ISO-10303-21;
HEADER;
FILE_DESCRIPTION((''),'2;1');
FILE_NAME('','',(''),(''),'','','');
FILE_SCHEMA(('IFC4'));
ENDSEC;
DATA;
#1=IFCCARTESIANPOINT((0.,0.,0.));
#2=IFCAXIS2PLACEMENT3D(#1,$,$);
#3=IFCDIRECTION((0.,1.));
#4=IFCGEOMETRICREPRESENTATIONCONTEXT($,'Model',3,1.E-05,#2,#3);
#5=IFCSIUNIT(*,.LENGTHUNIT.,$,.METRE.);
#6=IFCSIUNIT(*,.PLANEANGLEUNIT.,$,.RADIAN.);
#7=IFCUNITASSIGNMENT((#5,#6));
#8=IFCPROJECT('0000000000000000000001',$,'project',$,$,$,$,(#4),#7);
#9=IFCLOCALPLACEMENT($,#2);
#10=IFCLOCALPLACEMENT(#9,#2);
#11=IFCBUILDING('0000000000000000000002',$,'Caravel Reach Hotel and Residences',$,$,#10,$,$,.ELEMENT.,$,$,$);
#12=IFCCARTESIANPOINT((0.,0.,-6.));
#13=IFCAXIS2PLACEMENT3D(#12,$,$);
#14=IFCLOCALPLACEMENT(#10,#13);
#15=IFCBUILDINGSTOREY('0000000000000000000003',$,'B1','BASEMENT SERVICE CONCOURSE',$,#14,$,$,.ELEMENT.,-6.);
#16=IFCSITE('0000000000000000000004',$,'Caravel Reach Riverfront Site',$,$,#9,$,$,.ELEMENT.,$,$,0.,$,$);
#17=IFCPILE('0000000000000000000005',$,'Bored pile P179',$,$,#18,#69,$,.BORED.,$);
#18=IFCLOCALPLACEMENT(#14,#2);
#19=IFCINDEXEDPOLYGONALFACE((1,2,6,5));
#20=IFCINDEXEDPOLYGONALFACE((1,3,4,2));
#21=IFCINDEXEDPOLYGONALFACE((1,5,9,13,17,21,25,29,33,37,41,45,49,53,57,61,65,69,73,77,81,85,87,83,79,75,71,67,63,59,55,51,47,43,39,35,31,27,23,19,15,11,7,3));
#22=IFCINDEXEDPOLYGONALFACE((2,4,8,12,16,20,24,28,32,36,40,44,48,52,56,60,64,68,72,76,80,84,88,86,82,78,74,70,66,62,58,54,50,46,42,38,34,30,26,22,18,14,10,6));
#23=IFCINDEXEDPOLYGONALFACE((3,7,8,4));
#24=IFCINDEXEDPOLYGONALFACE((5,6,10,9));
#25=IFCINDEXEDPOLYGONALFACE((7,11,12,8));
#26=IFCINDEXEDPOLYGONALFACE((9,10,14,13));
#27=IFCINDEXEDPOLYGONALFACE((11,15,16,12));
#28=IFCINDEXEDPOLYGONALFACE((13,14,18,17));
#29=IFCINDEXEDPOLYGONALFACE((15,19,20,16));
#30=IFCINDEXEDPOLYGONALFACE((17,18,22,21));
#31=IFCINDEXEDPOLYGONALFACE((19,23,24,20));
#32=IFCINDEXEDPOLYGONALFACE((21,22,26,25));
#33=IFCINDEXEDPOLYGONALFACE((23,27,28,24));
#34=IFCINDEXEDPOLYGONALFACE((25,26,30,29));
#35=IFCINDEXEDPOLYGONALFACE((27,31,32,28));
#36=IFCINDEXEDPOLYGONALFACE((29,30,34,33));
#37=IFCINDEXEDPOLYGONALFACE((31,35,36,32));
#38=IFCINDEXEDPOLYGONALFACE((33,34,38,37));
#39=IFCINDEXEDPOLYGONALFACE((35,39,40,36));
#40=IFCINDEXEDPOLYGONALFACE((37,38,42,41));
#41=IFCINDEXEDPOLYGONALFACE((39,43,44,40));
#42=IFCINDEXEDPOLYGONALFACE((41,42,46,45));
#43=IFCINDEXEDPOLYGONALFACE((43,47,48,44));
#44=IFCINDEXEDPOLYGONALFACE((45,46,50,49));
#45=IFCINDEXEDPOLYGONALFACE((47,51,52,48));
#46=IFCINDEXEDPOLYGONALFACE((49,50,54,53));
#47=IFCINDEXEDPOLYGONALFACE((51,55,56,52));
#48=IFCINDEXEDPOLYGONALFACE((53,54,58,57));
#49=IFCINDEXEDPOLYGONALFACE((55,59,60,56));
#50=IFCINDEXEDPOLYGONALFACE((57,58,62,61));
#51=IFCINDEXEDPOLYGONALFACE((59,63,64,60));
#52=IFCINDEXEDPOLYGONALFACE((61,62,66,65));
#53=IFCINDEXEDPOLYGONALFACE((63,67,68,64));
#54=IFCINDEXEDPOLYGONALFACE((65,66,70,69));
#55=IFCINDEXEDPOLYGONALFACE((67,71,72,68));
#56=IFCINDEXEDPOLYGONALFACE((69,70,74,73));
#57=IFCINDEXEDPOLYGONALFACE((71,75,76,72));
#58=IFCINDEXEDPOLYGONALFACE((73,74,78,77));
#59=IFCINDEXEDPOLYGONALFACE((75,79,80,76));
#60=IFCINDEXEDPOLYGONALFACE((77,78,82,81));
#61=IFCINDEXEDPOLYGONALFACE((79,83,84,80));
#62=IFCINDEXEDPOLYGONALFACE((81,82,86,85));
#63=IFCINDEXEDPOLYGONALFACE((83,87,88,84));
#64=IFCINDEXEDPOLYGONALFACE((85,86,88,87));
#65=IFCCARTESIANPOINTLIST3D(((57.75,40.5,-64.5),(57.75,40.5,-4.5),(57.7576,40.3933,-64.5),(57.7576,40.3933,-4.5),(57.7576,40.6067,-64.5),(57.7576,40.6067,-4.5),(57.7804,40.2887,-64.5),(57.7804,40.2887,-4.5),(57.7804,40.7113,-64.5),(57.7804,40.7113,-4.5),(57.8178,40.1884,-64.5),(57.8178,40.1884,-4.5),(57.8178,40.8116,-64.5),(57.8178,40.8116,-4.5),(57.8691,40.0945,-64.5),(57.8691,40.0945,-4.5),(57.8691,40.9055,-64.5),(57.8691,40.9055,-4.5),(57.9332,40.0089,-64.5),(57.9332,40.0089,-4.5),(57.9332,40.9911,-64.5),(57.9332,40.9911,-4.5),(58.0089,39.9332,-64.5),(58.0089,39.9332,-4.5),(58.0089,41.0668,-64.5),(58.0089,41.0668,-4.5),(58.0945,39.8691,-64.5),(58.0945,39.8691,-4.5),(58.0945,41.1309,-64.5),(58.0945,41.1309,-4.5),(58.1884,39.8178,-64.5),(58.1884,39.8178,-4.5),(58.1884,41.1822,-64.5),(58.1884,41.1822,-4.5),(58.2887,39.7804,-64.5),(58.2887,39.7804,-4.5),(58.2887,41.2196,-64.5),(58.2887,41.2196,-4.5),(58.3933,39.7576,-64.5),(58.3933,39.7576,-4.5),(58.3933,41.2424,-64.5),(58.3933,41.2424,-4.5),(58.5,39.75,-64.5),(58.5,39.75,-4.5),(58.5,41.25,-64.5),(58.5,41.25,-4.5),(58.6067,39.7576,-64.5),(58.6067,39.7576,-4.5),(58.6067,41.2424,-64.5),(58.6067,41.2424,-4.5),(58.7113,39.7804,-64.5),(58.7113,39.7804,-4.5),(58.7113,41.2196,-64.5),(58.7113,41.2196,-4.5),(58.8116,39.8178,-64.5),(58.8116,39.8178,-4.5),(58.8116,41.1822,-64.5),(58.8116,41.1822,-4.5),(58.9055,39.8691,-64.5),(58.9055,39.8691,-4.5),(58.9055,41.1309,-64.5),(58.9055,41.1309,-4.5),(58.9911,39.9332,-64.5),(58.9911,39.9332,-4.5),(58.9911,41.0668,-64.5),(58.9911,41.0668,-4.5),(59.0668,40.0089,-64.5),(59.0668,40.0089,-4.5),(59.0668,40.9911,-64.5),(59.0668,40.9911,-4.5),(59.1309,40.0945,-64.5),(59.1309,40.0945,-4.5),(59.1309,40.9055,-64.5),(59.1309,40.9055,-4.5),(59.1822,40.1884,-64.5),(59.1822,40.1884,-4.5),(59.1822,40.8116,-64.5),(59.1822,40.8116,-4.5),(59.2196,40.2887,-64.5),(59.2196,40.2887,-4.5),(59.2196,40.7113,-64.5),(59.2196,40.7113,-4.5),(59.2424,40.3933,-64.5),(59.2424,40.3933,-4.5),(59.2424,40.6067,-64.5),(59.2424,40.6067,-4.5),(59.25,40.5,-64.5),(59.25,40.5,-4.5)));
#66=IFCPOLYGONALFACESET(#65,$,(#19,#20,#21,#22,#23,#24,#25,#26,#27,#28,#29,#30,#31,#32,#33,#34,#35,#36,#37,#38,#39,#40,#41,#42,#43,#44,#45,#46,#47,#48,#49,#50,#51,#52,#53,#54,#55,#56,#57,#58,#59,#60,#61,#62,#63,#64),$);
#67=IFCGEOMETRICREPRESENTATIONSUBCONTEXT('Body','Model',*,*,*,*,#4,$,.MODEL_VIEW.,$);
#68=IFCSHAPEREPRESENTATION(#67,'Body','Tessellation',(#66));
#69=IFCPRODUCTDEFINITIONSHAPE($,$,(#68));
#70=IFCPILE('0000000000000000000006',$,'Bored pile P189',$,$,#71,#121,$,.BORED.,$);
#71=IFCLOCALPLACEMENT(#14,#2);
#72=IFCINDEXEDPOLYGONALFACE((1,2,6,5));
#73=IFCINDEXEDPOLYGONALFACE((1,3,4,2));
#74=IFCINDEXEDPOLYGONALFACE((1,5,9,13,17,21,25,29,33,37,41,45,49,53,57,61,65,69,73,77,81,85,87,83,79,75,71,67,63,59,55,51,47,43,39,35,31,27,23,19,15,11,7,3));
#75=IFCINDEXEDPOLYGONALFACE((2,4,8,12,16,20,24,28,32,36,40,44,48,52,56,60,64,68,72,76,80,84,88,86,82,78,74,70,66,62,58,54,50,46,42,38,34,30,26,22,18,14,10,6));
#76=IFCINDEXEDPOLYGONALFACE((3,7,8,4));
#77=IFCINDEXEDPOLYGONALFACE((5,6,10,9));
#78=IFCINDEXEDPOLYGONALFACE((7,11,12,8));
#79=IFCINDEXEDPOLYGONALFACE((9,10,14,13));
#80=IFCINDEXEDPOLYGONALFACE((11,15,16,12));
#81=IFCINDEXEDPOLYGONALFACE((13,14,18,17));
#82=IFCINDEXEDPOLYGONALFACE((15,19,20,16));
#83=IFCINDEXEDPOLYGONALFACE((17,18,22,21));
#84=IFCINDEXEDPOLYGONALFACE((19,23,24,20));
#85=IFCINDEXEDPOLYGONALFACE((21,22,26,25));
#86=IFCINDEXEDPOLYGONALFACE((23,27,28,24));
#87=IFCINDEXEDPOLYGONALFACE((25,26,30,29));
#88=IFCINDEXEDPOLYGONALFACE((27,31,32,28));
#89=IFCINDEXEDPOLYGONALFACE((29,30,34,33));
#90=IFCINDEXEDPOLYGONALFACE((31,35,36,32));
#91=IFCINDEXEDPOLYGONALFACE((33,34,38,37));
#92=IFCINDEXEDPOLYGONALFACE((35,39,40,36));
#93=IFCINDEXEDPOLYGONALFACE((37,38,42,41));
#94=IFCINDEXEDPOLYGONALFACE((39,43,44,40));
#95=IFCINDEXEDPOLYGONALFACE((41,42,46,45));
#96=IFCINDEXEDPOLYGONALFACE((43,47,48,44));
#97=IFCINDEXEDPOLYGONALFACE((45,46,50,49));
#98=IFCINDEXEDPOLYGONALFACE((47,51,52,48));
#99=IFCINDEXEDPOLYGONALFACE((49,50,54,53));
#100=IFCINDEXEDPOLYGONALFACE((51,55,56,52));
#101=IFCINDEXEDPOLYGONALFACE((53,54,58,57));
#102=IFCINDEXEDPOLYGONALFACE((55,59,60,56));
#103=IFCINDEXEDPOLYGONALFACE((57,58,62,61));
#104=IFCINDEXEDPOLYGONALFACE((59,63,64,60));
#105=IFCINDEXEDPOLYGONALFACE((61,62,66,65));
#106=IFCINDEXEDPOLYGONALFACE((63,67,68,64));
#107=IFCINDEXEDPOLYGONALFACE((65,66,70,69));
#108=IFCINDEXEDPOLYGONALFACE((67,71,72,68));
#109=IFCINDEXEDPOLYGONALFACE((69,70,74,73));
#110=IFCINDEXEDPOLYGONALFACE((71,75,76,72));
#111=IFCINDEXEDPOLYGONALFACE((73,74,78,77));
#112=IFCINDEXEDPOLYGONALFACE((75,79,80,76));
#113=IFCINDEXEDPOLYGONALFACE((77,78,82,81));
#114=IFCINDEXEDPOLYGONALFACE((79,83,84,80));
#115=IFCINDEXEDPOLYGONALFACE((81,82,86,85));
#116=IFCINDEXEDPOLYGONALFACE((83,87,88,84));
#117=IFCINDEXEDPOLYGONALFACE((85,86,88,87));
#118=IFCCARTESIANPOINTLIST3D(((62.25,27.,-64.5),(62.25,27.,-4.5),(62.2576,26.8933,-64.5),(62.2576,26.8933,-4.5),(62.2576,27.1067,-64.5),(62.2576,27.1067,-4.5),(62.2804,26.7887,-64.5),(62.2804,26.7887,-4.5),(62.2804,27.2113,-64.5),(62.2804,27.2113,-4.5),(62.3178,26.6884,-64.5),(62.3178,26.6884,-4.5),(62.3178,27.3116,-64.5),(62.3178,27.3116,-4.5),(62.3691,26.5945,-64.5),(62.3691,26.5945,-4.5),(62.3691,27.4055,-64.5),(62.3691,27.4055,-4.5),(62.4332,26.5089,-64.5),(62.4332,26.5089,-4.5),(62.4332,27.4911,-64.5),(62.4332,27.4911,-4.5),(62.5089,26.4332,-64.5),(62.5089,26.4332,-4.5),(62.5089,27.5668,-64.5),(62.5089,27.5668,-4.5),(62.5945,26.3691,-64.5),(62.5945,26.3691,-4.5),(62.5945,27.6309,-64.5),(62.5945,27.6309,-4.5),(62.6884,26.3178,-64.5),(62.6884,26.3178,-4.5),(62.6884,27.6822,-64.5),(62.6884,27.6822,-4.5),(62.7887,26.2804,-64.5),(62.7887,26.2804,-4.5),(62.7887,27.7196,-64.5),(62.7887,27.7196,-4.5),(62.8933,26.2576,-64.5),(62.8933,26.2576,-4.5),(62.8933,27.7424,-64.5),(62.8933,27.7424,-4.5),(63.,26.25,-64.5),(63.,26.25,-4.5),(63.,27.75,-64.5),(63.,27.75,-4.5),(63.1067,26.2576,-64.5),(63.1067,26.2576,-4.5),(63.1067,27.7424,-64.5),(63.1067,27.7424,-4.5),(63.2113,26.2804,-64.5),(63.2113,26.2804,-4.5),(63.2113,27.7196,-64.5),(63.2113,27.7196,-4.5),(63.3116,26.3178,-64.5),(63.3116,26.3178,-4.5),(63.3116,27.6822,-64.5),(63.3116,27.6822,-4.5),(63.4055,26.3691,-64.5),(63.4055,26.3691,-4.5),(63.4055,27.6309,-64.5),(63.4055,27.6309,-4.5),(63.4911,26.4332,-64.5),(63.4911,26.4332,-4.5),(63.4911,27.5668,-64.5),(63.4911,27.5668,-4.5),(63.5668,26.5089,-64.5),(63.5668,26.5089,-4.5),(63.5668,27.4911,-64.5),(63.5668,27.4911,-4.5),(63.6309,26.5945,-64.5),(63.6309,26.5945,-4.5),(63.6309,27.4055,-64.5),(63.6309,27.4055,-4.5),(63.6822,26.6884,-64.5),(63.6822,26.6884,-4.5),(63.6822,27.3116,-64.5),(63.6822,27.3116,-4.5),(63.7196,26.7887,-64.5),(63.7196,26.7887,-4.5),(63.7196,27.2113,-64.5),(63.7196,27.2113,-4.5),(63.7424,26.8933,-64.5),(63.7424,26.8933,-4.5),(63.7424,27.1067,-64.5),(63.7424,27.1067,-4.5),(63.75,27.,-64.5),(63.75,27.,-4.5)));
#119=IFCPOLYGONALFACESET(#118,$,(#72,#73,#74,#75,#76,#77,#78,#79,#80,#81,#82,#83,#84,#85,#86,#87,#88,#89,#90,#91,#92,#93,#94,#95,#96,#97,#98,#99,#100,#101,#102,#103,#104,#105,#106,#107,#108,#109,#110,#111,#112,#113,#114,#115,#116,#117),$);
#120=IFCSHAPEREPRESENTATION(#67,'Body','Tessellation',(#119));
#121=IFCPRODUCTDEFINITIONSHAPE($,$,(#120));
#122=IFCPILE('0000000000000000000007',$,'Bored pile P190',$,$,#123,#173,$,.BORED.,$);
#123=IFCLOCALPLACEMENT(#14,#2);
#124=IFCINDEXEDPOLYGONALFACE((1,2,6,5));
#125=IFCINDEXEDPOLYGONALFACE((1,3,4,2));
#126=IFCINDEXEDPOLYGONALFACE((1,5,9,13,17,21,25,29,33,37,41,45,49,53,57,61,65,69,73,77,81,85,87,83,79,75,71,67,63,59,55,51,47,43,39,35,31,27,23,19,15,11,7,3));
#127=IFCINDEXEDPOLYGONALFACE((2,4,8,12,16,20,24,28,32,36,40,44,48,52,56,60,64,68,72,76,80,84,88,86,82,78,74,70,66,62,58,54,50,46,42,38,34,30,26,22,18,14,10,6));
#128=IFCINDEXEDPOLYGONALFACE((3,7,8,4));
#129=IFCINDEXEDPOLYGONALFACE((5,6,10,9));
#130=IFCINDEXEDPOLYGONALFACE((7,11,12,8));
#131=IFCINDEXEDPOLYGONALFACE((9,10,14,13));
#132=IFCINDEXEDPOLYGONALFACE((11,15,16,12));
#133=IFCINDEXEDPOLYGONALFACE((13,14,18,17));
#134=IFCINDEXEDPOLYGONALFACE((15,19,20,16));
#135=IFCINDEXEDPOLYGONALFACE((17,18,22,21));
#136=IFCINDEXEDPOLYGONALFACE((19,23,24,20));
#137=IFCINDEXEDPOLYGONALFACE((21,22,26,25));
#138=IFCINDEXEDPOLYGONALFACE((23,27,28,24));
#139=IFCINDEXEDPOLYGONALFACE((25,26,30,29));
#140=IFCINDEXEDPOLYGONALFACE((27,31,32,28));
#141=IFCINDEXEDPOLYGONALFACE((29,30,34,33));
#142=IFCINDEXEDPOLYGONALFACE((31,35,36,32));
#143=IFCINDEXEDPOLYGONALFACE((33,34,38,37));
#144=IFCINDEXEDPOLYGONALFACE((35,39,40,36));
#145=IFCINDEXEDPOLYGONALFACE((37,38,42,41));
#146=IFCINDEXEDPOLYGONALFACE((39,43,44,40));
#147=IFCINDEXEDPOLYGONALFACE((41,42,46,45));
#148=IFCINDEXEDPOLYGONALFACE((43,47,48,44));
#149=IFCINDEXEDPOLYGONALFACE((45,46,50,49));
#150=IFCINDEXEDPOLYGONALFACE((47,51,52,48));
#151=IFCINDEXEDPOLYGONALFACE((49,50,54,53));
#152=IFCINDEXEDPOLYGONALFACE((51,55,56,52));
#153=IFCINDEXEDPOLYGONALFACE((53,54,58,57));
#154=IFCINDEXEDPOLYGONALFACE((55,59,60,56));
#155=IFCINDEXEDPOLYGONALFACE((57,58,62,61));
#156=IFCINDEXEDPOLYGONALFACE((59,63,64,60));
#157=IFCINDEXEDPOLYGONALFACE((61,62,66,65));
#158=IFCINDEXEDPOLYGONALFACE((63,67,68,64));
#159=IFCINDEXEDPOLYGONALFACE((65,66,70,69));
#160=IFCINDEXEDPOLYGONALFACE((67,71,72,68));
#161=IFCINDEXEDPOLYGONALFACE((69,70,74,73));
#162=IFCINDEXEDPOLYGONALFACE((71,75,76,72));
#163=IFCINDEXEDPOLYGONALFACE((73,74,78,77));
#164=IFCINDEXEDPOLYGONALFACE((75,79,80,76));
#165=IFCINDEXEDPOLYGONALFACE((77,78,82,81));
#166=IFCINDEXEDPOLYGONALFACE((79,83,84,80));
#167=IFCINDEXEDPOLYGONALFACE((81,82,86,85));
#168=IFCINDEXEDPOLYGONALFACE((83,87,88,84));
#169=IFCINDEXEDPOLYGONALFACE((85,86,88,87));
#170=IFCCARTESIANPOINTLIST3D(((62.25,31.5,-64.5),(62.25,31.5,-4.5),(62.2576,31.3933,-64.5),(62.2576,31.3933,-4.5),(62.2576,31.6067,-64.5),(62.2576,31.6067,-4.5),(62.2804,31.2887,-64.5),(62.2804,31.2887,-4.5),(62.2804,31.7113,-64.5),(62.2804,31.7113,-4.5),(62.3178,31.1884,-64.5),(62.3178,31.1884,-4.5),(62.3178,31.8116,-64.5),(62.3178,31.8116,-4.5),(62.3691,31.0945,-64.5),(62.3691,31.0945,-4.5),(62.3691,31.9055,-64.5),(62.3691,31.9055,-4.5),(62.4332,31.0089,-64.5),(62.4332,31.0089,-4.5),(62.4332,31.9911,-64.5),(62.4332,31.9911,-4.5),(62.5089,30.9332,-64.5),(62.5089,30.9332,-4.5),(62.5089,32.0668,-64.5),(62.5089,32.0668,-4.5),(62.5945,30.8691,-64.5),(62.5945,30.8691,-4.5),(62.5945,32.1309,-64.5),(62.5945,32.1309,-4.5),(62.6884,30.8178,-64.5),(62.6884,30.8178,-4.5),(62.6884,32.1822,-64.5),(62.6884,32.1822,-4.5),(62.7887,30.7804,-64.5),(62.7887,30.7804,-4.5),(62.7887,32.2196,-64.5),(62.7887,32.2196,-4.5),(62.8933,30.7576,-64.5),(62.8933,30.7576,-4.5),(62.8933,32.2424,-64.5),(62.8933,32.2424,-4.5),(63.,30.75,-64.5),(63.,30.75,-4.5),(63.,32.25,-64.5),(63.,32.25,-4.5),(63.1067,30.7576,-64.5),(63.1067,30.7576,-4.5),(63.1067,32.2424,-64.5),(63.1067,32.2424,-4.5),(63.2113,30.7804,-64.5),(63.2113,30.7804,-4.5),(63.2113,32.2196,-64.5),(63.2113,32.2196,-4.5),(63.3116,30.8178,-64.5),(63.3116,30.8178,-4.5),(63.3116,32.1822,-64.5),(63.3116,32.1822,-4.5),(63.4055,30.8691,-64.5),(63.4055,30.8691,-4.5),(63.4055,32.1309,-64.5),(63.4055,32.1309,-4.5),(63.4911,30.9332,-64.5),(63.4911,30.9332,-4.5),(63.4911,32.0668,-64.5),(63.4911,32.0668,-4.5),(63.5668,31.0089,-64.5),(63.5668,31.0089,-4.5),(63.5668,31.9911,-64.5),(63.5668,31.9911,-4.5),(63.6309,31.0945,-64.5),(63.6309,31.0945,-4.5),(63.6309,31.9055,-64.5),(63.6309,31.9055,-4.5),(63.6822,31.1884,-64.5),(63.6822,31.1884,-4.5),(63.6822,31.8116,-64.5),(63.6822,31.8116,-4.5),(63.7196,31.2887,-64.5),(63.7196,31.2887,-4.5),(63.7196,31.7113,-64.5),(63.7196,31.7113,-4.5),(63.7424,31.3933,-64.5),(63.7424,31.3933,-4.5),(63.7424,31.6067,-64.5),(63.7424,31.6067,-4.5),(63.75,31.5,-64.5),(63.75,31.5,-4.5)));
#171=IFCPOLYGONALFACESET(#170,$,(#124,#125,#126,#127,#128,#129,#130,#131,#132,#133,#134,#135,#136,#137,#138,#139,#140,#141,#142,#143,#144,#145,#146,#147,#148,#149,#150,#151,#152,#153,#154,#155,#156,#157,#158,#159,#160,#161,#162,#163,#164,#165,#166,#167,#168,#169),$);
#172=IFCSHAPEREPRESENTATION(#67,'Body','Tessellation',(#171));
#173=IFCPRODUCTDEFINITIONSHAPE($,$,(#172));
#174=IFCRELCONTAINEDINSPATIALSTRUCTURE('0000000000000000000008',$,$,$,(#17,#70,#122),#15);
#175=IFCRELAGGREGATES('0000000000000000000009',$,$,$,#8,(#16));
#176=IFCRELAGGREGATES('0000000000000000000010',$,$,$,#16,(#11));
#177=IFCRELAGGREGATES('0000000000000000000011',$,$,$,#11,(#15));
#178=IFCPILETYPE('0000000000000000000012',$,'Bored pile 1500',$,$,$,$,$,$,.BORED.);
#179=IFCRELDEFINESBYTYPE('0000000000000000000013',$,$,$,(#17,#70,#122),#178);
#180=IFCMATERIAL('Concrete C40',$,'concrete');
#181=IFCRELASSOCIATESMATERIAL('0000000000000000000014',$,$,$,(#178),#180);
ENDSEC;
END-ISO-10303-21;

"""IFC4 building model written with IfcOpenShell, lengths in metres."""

from ifc_helpers import new_model, si_unit, direction, frame, origin, origin_2d, place, context, subcontext, project, spatial, circle, extrude, material, material_profile, profile_set, type_object, element, save


model = new_model("IFC4")

# Units and contexts
model_context = context("Model", 3, precision=1e-05, world=origin(), true_north=direction((0.0, 1.0)))
body_context = subcontext(model_context, "Body", "Model", "MODEL_VIEW")
ifc_project = project(units=[si_unit("LENGTHUNIT", "METRE"), si_unit("PLANEANGLEUNIT", "RADIAN")], contexts=[model_context])

# Site, building, storey
site_placement = place(None, origin())
site = spatial("IfcSite", under=ifc_project, at=site_placement, Name="Caravel Reach Riverfront Site", CompositionType="ELEMENT", RefElevation=0.0)
building_placement = place(site_placement, origin())
building = spatial("IfcBuilding", under=site, at=building_placement, Name="Caravel Reach Hotel and Residences", CompositionType="ELEMENT")
storey_placement = place(building_placement, frame((0.0, 0.0, -6.0)))
storey = spatial("IfcBuildingStorey", under=building, at=storey_placement, Name="B1", Description="BASEMENT SERVICE CONCOURSE", CompositionType="ELEMENT", Elevation=-6.0)

# Piles
ifc_material_1 = material(Name="Concrete C40", Category="concrete")
ifc_material_profile_1 = material_profile(ifc_material_1, circle(Radius=0.75, at=origin_2d()), Name="PILE 1500")
ifc_profile_set_1 = profile_set([ifc_material_profile_1], Name="Concrete C40")
pile_type_1 = type_object("IfcPileType", Name="Bored pile 1500", PredefinedType="BORED", material=ifc_profile_set_1)
for number, where, z_axis, x_axis, name in (
    (1, (58.5, 40.5, -4.5), (0.0, 0.0, -1.0), (1.0, 0.0, 0.0), "Bored pile P179"),
    (2, (63.0, 27.0, -4.5), (0.0, 0.0, -1.0), (1.0, 0.0, 0.0), "Bored pile P189"),
    (3, (63.0, 31.5, -4.5), (0.0, 0.0, -1.0), (1.0, 0.0, 0.0), "Bored pile P190"),
):
    element("IfcPile", number, at=place(storey_placement, frame(where, z_axis=z_axis, x_axis=x_axis)), inside=storey, type_object=pile_type_1, Name=name, PredefinedType="BORED", context=body_context, shape_type="SweptSolid", body=[
        extrude(circle(Radius=0.75, at=origin_2d()), origin(), (0.0, 0.0, 1.0), 60.0),
    ])

save(model, "model.ifc")
